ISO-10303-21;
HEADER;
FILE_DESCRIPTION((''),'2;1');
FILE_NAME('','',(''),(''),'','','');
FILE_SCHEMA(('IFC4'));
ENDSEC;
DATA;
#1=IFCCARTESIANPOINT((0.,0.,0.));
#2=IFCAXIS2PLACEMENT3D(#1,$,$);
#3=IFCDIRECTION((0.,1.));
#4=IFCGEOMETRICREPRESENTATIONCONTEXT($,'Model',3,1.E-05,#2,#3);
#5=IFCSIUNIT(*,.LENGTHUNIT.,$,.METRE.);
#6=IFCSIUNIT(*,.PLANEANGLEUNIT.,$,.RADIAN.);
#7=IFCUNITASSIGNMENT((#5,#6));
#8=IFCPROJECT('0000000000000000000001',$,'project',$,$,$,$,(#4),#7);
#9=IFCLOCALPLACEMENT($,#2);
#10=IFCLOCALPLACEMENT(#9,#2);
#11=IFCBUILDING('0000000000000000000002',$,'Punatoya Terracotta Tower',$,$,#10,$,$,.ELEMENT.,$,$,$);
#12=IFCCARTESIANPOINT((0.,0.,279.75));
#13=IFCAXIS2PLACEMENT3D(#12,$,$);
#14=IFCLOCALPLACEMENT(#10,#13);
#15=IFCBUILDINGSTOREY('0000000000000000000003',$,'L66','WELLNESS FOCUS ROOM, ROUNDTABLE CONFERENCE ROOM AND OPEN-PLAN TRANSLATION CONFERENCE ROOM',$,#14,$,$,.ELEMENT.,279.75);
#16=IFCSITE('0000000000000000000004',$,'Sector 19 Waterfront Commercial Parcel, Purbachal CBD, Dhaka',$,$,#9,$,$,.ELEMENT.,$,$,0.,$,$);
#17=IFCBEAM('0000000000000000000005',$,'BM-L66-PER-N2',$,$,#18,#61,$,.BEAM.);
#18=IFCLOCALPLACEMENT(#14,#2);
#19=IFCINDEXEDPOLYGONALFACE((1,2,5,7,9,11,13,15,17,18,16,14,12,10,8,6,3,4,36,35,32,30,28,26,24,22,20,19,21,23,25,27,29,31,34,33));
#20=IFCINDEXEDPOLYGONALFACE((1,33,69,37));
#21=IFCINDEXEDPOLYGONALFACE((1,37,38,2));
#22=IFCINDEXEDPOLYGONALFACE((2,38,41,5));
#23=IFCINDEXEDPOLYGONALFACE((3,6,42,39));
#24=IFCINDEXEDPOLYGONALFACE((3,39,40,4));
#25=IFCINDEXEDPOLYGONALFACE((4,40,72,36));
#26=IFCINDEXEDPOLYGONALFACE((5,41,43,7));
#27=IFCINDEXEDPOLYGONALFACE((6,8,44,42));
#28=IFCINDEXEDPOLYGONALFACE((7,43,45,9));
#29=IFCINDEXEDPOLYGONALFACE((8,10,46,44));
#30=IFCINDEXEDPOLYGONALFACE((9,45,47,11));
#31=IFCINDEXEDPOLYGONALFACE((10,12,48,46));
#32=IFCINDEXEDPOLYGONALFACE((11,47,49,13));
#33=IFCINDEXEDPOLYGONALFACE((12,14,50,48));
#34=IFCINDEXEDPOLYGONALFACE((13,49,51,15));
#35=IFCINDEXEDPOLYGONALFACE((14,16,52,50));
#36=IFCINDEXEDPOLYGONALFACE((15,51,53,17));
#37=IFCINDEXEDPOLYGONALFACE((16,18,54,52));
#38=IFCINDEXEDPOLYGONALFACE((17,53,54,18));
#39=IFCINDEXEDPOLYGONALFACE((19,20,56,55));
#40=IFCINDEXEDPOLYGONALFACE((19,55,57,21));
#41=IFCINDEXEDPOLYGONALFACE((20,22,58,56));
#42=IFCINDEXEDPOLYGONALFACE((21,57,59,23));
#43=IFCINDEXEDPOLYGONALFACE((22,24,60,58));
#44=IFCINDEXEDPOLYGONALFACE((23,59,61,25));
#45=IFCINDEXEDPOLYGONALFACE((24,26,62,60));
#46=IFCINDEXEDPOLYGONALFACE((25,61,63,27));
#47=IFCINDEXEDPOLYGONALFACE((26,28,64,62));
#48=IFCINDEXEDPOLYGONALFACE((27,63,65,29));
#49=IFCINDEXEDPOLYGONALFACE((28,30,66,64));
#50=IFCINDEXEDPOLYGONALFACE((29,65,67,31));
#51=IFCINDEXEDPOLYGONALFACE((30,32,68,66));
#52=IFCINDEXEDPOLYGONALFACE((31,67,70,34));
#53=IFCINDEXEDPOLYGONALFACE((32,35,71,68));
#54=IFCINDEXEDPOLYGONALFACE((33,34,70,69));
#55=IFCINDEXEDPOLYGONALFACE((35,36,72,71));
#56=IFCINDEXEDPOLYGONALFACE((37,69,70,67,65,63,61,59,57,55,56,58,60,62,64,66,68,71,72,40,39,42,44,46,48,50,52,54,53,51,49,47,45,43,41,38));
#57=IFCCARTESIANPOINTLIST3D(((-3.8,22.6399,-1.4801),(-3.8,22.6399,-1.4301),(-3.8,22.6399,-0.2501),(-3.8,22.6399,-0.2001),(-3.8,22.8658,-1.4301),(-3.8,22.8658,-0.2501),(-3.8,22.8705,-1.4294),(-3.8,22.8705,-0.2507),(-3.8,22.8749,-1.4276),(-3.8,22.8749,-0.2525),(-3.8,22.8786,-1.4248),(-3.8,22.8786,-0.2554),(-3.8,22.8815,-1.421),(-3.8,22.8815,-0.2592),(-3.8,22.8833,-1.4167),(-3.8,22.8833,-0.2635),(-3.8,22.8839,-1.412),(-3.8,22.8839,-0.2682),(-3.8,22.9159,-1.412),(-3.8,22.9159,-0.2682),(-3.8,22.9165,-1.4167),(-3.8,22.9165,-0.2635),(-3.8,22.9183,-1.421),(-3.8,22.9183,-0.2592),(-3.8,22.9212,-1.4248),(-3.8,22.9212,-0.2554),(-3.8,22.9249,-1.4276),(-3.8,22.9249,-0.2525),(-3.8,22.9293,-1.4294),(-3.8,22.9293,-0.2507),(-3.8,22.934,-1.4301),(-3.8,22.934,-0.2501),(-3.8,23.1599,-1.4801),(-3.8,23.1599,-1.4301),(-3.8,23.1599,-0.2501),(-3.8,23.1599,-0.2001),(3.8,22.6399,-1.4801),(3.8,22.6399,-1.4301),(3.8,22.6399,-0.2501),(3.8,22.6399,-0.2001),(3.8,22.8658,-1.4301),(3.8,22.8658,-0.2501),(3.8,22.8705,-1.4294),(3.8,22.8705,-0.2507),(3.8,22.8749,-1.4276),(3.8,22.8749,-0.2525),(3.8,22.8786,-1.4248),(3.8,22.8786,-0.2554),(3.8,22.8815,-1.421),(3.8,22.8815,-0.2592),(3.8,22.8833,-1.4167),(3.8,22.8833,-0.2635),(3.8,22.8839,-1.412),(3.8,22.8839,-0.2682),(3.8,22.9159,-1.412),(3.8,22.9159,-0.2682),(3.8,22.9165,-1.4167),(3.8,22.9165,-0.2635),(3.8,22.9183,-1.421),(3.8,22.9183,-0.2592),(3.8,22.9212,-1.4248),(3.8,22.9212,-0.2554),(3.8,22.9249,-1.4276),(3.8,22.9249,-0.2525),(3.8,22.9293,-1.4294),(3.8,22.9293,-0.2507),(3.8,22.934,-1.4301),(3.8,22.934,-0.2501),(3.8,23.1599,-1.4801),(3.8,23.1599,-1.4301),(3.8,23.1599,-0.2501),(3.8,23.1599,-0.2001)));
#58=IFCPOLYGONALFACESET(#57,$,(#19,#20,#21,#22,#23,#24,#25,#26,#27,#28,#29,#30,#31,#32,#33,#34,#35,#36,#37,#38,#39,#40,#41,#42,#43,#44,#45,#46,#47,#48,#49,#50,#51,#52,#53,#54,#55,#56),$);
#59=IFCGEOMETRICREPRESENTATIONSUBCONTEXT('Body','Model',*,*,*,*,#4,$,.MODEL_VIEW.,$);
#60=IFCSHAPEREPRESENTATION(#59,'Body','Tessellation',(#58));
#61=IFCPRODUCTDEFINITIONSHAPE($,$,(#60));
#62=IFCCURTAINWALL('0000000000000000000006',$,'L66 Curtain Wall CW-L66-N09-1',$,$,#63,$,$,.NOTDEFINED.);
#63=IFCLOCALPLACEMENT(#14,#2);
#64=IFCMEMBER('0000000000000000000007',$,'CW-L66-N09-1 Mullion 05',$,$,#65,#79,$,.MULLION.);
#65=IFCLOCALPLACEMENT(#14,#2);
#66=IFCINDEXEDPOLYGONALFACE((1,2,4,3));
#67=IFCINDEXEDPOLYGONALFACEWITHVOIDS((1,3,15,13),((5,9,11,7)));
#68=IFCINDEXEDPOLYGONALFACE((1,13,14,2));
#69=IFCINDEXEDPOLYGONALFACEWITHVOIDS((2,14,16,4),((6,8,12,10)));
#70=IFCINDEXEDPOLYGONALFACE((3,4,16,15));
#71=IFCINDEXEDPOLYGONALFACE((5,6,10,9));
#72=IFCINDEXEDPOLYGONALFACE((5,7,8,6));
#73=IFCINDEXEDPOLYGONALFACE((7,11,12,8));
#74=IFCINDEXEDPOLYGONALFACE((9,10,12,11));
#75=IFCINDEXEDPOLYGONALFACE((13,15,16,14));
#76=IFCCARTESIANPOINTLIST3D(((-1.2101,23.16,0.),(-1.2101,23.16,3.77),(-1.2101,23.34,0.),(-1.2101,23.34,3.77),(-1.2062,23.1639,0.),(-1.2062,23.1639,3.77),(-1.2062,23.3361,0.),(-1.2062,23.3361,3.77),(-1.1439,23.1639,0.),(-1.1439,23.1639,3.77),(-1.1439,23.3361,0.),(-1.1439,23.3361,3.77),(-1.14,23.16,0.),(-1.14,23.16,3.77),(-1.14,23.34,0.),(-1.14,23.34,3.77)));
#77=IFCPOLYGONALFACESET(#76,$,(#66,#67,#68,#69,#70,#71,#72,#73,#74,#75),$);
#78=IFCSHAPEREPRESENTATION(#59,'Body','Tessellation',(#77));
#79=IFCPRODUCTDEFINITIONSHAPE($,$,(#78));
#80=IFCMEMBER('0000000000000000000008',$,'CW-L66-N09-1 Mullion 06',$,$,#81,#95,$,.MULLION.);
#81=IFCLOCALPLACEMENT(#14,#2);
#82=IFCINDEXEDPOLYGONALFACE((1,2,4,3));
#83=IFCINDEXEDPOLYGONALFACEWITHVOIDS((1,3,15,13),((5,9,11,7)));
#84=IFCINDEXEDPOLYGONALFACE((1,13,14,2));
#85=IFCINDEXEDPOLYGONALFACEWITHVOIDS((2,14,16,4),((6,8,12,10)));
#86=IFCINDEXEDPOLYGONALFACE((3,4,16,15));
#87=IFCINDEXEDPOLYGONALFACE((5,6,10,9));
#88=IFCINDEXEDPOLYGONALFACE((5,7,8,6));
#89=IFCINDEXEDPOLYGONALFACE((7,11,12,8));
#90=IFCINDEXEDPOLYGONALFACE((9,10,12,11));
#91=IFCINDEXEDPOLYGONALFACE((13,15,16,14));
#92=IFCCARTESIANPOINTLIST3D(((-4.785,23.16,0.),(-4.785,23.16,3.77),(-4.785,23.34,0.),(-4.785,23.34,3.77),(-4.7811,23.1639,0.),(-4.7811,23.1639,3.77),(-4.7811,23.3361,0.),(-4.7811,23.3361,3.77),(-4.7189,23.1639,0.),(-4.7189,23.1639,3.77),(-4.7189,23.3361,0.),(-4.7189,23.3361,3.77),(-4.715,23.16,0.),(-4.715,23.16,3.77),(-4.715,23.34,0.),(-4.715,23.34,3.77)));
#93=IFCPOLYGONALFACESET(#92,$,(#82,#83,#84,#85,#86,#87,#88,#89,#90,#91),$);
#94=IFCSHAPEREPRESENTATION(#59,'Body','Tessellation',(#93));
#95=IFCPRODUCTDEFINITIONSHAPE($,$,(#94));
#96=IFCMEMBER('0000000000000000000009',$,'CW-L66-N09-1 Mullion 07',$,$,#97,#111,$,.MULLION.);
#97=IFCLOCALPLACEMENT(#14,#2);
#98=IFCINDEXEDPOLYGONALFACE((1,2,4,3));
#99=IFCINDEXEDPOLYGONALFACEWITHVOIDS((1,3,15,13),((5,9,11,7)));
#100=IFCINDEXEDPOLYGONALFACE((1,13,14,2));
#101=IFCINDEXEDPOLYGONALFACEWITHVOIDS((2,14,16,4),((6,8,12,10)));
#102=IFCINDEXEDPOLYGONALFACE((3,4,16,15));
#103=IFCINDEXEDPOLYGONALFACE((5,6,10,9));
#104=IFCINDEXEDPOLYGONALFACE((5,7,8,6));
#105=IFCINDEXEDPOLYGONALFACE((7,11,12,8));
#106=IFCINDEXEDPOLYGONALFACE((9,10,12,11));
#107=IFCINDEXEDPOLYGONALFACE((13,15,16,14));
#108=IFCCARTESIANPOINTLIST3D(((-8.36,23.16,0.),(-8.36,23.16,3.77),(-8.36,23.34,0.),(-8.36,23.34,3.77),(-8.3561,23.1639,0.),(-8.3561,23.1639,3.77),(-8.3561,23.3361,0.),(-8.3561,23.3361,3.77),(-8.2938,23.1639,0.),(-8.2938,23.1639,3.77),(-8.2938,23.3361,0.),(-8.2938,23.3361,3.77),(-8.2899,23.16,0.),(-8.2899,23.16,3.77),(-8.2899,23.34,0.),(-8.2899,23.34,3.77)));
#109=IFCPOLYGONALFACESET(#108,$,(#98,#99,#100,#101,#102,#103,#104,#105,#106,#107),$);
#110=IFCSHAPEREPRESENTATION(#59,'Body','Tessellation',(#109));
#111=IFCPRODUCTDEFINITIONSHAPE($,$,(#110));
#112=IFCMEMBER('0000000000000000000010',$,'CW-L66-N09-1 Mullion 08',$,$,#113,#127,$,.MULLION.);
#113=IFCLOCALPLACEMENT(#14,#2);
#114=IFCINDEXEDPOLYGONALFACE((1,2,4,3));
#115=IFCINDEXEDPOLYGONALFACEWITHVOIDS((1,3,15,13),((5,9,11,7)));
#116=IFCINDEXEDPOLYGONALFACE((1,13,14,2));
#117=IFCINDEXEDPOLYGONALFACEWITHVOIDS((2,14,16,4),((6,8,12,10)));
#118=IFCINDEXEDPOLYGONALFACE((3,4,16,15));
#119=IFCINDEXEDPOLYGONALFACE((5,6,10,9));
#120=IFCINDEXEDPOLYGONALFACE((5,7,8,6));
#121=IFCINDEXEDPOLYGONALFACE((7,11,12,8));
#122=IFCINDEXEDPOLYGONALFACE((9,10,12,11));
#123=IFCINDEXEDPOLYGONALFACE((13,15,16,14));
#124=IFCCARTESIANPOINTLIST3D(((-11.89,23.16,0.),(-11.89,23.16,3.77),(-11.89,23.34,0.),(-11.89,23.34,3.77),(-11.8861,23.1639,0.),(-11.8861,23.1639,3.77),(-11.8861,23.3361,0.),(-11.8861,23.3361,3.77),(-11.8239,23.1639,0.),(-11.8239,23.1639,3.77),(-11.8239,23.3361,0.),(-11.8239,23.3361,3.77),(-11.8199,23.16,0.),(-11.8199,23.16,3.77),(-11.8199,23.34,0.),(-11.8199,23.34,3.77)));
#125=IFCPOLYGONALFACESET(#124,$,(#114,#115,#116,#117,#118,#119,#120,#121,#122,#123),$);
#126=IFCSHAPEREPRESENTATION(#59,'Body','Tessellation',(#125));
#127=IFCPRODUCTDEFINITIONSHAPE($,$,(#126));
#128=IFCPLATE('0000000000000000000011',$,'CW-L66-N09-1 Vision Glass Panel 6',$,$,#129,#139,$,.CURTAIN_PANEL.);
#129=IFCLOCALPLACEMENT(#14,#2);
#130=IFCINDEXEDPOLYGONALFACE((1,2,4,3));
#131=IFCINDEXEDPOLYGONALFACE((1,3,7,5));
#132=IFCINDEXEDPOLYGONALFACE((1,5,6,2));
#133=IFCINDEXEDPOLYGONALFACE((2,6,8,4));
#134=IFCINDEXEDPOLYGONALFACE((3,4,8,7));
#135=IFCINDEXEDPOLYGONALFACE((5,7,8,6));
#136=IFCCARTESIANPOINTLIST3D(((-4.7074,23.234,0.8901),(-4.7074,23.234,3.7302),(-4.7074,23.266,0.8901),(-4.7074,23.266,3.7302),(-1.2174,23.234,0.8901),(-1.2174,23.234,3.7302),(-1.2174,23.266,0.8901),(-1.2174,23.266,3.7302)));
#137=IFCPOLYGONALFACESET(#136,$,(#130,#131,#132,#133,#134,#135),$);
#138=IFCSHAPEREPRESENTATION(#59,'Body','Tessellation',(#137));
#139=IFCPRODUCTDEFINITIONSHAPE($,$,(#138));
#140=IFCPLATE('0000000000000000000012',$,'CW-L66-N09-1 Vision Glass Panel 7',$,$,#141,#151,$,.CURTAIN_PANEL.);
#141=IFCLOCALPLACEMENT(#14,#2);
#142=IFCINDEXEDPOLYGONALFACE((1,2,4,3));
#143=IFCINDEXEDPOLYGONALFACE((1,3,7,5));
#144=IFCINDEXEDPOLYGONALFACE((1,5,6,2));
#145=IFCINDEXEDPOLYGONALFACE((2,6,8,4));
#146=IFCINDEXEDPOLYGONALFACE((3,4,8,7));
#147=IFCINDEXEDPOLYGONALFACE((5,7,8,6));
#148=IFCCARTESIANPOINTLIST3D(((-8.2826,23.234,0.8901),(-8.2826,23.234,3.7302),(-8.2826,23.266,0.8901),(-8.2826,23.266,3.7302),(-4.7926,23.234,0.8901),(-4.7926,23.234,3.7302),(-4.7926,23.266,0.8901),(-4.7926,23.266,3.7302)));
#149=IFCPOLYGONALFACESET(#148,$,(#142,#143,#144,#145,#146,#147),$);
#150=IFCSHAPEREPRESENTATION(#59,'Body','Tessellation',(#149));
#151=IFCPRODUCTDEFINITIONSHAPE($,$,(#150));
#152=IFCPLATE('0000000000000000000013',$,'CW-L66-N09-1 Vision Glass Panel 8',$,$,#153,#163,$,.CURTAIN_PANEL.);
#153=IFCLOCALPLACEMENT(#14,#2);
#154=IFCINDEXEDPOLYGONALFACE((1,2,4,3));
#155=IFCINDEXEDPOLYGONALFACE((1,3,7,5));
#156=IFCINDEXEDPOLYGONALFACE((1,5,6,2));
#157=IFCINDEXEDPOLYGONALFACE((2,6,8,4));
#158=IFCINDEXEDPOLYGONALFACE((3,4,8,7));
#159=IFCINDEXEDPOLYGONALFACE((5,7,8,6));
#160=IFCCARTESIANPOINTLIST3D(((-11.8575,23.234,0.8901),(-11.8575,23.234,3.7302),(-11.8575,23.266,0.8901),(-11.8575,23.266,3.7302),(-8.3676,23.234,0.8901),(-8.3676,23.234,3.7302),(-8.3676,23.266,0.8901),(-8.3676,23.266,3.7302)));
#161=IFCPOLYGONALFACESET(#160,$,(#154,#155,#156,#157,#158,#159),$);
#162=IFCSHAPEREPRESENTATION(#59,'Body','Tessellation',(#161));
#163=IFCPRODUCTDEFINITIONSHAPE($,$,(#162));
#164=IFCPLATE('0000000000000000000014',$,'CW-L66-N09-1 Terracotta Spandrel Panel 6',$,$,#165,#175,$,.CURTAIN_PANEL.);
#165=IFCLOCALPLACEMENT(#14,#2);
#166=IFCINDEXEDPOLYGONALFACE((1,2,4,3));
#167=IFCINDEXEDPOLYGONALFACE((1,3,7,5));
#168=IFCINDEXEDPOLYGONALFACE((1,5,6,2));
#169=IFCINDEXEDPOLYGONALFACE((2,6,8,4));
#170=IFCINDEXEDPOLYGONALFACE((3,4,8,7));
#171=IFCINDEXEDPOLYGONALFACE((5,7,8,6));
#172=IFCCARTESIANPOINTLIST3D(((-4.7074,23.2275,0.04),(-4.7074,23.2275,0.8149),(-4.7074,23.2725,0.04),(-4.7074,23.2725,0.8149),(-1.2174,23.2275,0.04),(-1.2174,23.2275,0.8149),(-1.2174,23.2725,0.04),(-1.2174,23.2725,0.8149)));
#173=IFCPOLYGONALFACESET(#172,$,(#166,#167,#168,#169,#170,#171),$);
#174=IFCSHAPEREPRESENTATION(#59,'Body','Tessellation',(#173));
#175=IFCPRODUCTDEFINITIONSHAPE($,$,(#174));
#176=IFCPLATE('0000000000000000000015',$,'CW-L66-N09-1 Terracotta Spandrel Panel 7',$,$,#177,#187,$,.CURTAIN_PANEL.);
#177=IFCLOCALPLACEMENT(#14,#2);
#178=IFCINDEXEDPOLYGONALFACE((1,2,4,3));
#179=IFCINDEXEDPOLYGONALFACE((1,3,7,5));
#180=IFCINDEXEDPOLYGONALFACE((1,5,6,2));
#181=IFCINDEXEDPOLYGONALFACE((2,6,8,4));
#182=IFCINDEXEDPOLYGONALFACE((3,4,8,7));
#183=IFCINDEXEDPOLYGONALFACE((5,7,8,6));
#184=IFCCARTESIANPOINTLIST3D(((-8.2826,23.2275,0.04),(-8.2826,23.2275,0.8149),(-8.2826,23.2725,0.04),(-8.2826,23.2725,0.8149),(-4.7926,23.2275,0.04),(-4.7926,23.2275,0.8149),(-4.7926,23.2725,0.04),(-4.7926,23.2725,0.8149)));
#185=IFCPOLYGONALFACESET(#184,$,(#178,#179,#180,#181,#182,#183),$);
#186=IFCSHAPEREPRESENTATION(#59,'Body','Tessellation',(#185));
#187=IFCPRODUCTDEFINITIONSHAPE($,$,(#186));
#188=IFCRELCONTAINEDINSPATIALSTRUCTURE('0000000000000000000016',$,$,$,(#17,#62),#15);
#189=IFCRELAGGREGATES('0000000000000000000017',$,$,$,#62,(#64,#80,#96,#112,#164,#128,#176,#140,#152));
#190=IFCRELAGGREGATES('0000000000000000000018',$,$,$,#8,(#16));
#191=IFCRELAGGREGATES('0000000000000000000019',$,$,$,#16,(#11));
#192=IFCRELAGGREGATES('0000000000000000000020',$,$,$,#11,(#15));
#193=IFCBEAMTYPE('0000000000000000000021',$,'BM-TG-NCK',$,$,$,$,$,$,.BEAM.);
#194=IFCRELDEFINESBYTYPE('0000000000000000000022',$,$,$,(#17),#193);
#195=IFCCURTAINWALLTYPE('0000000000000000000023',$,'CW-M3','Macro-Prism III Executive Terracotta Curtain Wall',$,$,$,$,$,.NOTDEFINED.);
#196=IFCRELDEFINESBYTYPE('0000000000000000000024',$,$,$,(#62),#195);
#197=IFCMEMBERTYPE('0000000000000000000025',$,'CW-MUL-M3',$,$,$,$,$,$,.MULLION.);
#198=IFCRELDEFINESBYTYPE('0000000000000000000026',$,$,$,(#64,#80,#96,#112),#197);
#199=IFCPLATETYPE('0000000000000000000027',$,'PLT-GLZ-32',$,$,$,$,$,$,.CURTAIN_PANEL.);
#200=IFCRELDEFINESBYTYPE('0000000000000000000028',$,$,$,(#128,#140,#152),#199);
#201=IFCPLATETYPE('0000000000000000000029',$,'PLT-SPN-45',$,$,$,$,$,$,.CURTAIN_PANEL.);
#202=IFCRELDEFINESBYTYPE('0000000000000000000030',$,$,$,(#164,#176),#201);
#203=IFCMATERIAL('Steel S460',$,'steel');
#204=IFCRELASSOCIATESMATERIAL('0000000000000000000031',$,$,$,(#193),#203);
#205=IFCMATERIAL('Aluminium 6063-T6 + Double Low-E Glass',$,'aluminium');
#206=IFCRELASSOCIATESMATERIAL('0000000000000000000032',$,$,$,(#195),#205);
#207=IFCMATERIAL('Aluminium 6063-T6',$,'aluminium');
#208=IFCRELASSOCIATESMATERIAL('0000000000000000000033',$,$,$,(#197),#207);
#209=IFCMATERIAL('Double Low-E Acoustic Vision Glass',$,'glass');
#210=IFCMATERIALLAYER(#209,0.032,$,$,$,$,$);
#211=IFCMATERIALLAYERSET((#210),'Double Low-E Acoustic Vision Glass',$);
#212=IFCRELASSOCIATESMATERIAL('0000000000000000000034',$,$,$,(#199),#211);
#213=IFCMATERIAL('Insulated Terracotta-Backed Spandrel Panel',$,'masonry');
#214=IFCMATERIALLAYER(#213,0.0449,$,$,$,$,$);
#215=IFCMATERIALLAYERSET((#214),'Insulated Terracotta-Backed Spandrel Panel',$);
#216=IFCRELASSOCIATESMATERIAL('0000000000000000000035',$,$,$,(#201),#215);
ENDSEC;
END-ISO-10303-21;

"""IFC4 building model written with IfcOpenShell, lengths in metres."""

from ifc_helpers import new_model, si_unit, direction, frame, origin, origin_2d, place, context, subcontext, project, spatial, rectangle, hollow_rectangle, i_section, extrude, material, layer, layer_set, material_profile, profile_set, type_object, element, aggregate, save


model = new_model("IFC4")

# Units and contexts
model_context = context("Model", 3, precision=1e-05, world=origin(), true_north=direction((0.0, 1.0)))
body_context = subcontext(model_context, "Body", "Model", "MODEL_VIEW")
ifc_project = project(units=[si_unit("LENGTHUNIT", "METRE"), si_unit("PLANEANGLEUNIT", "RADIAN")], contexts=[model_context])

# Site, building, storey
site_placement = place(None, origin())
site = spatial("IfcSite", under=ifc_project, at=site_placement, Name="Sector 19 Waterfront Commercial Parcel, Purbachal CBD, Dhaka", CompositionType="ELEMENT", RefElevation=0.0)
building_placement = place(site_placement, origin())
building = spatial("IfcBuilding", under=site, at=building_placement, Name="Punatoya Terracotta Tower", CompositionType="ELEMENT")
storey_placement = place(building_placement, frame((0.0, 0.0, 279.75)))
storey = spatial("IfcBuildingStorey", under=building, at=storey_placement, Name="L66", Description="WELLNESS FOCUS ROOM, ROUNDTABLE CONFERENCE ROOM AND OPEN-PLAN TRANSLATION CONFERENCE ROOM", CompositionType="ELEMENT", Elevation=279.75)

# Shared definitions
ifc_material_1 = material(Name="Steel S460", Category="steel")

# Beam
ifc_material_profile_1 = material_profile(ifc_material_1, i_section(OverallWidth=0.52, OverallDepth=1.28, WebThickness=0.032, FlangeThickness=0.05, FilletRadius=0.0181, at=origin_2d()))
ifc_profile_set_1 = profile_set([ifc_material_profile_1], Name="Steel S460")
beam_type_1 = type_object("IfcBeamType", Name="BM-TG-NCK", PredefinedType="BEAM", material=ifc_profile_set_1)
beam_1_placement = place(storey_placement, frame((-3.8, 22.8999, -0.8401), z_axis=(1.0, 0.0, 0.0), x_axis=(0.0, 1.0, 0.0)))
element("IfcBeam", 1, at=beam_1_placement, inside=storey, type_object=beam_type_1, Name="BM-L66-PER-N2", PredefinedType="BEAM", context=body_context, shape_type="SweptSolid", body=[
    extrude(i_section(OverallWidth=0.52, OverallDepth=1.28, WebThickness=0.032, FlangeThickness=0.05, FilletRadius=0.0181, at=origin_2d()), origin(), (0.0, 0.0, 1.0), 7.6001),
])

# Curtain wall, members, plates
ifc_material_2 = material(Name="Aluminium 6063-T6 + Double Low-E Glass", Category="aluminium")
curtain_wall_type = type_object("IfcCurtainWallType", Name="CW-M3", Description="Macro-Prism III Executive Terracotta Curtain Wall", PredefinedType="NOTDEFINED", material=ifc_material_2)
curtain_wall_placement = place(storey_placement, origin())
curtain_wall = element("IfcCurtainWall", 2, at=curtain_wall_placement, inside=storey, type_object=curtain_wall_type, Name="L66 Curtain Wall CW-L66-N09-1", PredefinedType="NOTDEFINED")
ifc_material_3 = material(Name="Aluminium 6063-T6", Category="aluminium")
ifc_material_profile_2 = material_profile(ifc_material_3, hollow_rectangle(XDim=0.0701, YDim=0.1799, WallThickness=0.0039, at=origin_2d()))
ifc_profile_set_2 = profile_set([ifc_material_profile_2], Name="Aluminium 6063-T6")
member_type = type_object("IfcMemberType", Name="CW-MUL-M3", PredefinedType="MULLION", material=ifc_profile_set_2)
member_1_placement = place(storey_placement, frame((-1.175, 23.25, 0.0), z_axis=(0.0, 0.0, 1.0), x_axis=(1.0, 0.0, 0.0)))
member_1 = element("IfcMember", 3, at=member_1_placement, type_object=member_type, Name="CW-L66-N09-1 Mullion 05", PredefinedType="MULLION", context=body_context, shape_type="SweptSolid", body=[
    extrude(hollow_rectangle(XDim=0.0701, YDim=0.1799, WallThickness=0.0039, at=origin_2d()), origin(), (0.0, 0.0, 1.0), 3.77),
])
member_2_placement = place(storey_placement, frame((-4.75, 23.25, 0.0), z_axis=(0.0, 0.0, 1.0), x_axis=(1.0, 0.0, 0.0)))
member_2 = element("IfcMember", 4, at=member_2_placement, type_object=member_type, Name="CW-L66-N09-1 Mullion 06", PredefinedType="MULLION", context=body_context, shape_type="SweptSolid", body=[
    extrude(hollow_rectangle(XDim=0.0701, YDim=0.1799, WallThickness=0.0039, at=origin_2d()), origin(), (0.0, 0.0, 1.0), 3.77),
])
member_3_placement = place(storey_placement, frame((-8.325, 23.25, 0.0), z_axis=(0.0, 0.0, 1.0), x_axis=(1.0, 0.0, 0.0)))
member_3 = element("IfcMember", 5, at=member_3_placement, type_object=member_type, Name="CW-L66-N09-1 Mullion 07", PredefinedType="MULLION", context=body_context, shape_type="SweptSolid", body=[
    extrude(hollow_rectangle(XDim=0.0701, YDim=0.1799, WallThickness=0.0039, at=origin_2d()), origin(), (0.0, 0.0, 1.0), 3.77),
])
member_4_placement = place(storey_placement, frame((-11.855, 23.25, 0.0), z_axis=(0.0, 0.0, 1.0), x_axis=(1.0, 0.0, 0.0)))
member_4 = element("IfcMember", 6, at=member_4_placement, type_object=member_type, Name="CW-L66-N09-1 Mullion 08", PredefinedType="MULLION", context=body_context, shape_type="SweptSolid", body=[
    extrude(hollow_rectangle(XDim=0.0701, YDim=0.1799, WallThickness=0.0039, at=origin_2d()), origin(), (0.0, 0.0, 1.0), 3.77),
])
ifc_material_4 = material(Name="Double Low-E Acoustic Vision Glass", Category="glass")
ifc_layer_1 = layer(ifc_material_4, 0.032)
ifc_layer_set_1 = layer_set([ifc_layer_1], Name="Double Low-E Acoustic Vision Glass")
plate_type_1 = type_object("IfcPlateType", Name="PLT-GLZ-32", PredefinedType="CURTAIN_PANEL", material=ifc_layer_set_1)
plate_1_placement = place(storey_placement, frame((-2.9624, 23.25, 0.8901), z_axis=(0.0, 0.0, 1.0), x_axis=(-1.0, 0.0, 0.0)))
plate_1 = element("IfcPlate", 7, at=plate_1_placement, type_object=plate_type_1, Name="CW-L66-N09-1 Vision Glass Panel 6", PredefinedType="CURTAIN_PANEL", context=body_context, shape_type="SweptSolid", body=[
    extrude(rectangle(XDim=3.49, YDim=0.032, at=origin_2d()), origin(), (0.0, 0.0, 1.0), 2.8401),
])
plate_2_placement = place(storey_placement, frame((-6.5376, 23.25, 0.8901), z_axis=(0.0, 0.0, 1.0), x_axis=(-1.0, 0.0, 0.0)))
plate_2 = element("IfcPlate", 8, at=plate_2_placement, type_object=plate_type_1, Name="CW-L66-N09-1 Vision Glass Panel 7", PredefinedType="CURTAIN_PANEL", context=body_context, shape_type="SweptSolid", body=[
    extrude(rectangle(XDim=3.49, YDim=0.032, at=origin_2d()), origin(), (0.0, 0.0, 1.0), 2.8401),
])
plate_3_placement = place(storey_placement, frame((-10.1125, 23.25, 0.8901), z_axis=(0.0, 0.0, 1.0), x_axis=(-1.0, 0.0, 0.0)))
plate_3 = element("IfcPlate", 9, at=plate_3_placement, type_object=plate_type_1, Name="CW-L66-N09-1 Vision Glass Panel 8", PredefinedType="CURTAIN_PANEL", context=body_context, shape_type="SweptSolid", body=[
    extrude(rectangle(XDim=3.49, YDim=0.032, at=origin_2d()), origin(), (0.0, 0.0, 1.0), 2.8401),
])
ifc_material_5 = material(Name="Insulated Terracotta-Backed Spandrel Panel", Category="masonry")
ifc_layer_2 = layer(ifc_material_5, 0.0449)
ifc_layer_set_2 = layer_set([ifc_layer_2], Name="Insulated Terracotta-Backed Spandrel Panel")
plate_type_2 = type_object("IfcPlateType", Name="PLT-SPN-45", PredefinedType="CURTAIN_PANEL", material=ifc_layer_set_2)
plate_4_placement = place(storey_placement, frame((-2.9624, 23.25, 0.04), z_axis=(0.0, 0.0, 1.0), x_axis=(-1.0, 0.0, 0.0)))
plate_4 = element("IfcPlate", 10, at=plate_4_placement, type_object=plate_type_2, Name="CW-L66-N09-1 Terracotta Spandrel Panel 6", PredefinedType="CURTAIN_PANEL", context=body_context, shape_type="SweptSolid", body=[
    extrude(rectangle(XDim=3.49, YDim=0.0449, at=origin_2d()), origin(), (0.0, 0.0, 1.0), 0.7749),
])
plate_5_placement = place(storey_placement, frame((-6.5376, 23.25, 0.04), z_axis=(0.0, 0.0, 1.0), x_axis=(-1.0, 0.0, 0.0)))
plate_5 = element("IfcPlate", 11, at=plate_5_placement, type_object=plate_type_2, Name="CW-L66-N09-1 Terracotta Spandrel Panel 7", PredefinedType="CURTAIN_PANEL", context=body_context, shape_type="SweptSolid", body=[
    extrude(rectangle(XDim=3.49, YDim=0.0449, at=origin_2d()), origin(), (0.0, 0.0, 1.0), 0.7749),
])
aggregate(curtain_wall, [member_1, member_2, member_3, member_4, plate_4, plate_1, plate_5, plate_2, plate_3])

save(model, "model.ifc")
